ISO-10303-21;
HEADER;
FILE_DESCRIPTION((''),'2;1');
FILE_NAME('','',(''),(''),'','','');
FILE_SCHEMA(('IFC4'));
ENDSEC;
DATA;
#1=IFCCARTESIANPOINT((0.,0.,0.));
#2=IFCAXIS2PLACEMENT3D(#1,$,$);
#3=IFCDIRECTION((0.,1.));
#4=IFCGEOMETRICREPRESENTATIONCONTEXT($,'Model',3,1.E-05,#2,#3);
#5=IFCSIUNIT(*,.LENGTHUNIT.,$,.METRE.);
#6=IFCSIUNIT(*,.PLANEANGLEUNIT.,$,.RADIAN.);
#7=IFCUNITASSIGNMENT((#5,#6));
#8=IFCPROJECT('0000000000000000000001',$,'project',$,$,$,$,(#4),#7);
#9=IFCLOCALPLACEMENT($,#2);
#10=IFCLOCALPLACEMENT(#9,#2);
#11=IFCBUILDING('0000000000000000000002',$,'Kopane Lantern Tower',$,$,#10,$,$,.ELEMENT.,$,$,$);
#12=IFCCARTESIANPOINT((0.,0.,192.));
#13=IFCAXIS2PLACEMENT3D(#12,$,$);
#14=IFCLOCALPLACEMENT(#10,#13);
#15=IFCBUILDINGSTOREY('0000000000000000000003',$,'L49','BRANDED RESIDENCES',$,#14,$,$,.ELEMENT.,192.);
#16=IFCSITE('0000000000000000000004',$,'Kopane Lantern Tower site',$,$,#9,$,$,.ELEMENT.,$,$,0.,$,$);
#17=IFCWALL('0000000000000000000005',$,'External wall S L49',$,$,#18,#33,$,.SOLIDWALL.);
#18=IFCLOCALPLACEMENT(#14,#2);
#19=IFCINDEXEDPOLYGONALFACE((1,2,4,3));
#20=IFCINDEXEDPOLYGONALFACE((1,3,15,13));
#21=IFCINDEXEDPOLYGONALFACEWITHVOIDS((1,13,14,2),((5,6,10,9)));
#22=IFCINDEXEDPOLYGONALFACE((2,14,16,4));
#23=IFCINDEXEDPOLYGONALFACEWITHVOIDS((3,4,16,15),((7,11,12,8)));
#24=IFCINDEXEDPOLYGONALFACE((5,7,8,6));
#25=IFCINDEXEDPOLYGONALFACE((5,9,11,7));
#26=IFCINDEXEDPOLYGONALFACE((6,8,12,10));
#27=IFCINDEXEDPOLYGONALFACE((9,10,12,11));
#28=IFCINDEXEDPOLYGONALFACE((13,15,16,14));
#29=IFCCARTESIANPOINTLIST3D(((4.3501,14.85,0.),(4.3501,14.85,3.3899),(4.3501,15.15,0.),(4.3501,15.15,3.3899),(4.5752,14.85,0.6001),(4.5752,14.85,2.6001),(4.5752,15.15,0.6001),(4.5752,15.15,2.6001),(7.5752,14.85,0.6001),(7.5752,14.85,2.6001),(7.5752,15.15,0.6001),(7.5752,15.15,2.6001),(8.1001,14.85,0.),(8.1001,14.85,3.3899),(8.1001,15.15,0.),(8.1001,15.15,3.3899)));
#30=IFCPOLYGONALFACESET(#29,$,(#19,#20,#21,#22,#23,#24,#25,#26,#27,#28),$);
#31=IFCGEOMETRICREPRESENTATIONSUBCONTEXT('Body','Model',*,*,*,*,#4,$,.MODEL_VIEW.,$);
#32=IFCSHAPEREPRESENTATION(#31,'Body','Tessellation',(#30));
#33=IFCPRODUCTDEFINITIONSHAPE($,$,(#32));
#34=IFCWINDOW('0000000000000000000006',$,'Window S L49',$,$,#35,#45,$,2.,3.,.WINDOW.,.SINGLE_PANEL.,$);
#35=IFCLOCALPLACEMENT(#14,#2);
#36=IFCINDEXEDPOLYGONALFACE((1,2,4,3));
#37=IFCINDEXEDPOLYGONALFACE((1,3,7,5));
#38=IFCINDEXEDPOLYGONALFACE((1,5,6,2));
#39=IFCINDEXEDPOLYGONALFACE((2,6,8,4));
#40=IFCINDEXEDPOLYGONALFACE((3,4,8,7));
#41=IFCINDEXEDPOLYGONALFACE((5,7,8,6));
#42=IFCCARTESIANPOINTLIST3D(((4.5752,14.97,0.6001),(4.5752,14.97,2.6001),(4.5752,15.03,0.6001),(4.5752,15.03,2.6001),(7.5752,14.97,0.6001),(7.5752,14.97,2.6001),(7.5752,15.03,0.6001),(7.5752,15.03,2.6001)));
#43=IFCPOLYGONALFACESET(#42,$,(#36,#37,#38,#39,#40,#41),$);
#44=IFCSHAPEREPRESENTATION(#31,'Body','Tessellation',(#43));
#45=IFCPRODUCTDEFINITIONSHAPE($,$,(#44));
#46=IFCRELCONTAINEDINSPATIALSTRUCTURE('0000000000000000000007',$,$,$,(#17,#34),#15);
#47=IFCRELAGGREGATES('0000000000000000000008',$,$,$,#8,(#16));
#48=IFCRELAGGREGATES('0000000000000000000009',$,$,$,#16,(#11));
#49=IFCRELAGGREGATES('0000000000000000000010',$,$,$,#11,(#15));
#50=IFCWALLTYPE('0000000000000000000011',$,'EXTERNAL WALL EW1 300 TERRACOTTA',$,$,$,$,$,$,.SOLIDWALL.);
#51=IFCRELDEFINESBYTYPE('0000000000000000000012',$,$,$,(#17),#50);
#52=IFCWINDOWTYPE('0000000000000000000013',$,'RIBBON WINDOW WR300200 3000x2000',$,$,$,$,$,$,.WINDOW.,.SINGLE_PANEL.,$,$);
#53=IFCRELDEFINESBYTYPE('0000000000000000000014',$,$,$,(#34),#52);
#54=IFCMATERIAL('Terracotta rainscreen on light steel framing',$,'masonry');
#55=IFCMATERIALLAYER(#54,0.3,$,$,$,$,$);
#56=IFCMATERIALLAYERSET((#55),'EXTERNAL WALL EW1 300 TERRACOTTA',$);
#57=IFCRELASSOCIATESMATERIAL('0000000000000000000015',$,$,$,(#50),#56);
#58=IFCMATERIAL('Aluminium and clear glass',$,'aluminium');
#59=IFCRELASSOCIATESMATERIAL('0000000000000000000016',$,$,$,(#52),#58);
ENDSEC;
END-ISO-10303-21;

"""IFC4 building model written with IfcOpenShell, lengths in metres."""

from ifc_helpers import new_model, si_unit, direction, frame, frame_2d, origin, place, context, subcontext, project, spatial, rectangle, extrude, material, layer, layer_set, type_object, element, fill, save


model = new_model("IFC4")

# Units and contexts
model_context = context("Model", 3, precision=1e-05, world=origin(), true_north=direction((0.0, 1.0)))
body_context = subcontext(model_context, "Body", "Model", "MODEL_VIEW")
ifc_project = project(units=[si_unit("LENGTHUNIT", "METRE"), si_unit("PLANEANGLEUNIT", "RADIAN")], contexts=[model_context])

# Site, building, storey
site_placement = place(None, origin())
site = spatial("IfcSite", under=ifc_project, at=site_placement, Name="Kopane Lantern Tower site", CompositionType="ELEMENT", RefElevation=0.0)
building_placement = place(site_placement, origin())
building = spatial("IfcBuilding", under=site, at=building_placement, Name="Kopane Lantern Tower", CompositionType="ELEMENT")
storey_placement = place(building_placement, frame((0.0, 0.0, 192.0)))
storey = spatial("IfcBuildingStorey", under=building, at=storey_placement, Name="L49", Description="BRANDED RESIDENCES", CompositionType="ELEMENT", Elevation=192.0)

# Wall, opening, window
ifc_material_1 = material(Name="Terracotta rainscreen on light steel framing", Category="masonry")
ifc_layer = layer(ifc_material_1, 0.3)
ifc_layer_set = layer_set([ifc_layer], Name="EXTERNAL WALL EW1 300 TERRACOTTA")
wall_type = type_object("IfcWallType", Name="EXTERNAL WALL EW1 300 TERRACOTTA", PredefinedType="SOLIDWALL", material=ifc_layer_set)
wall_placement = place(storey_placement, frame((4.3501, 15.0, 0.0), z_axis=(0.0, 0.0, 1.0), x_axis=(1.0, 0.0, 0.0)))
wall = element("IfcWall", 1, at=wall_placement, inside=storey, type_object=wall_type, Name="External wall S L49", PredefinedType="SOLIDWALL", context=body_context, shape_type="SweptSolid", body=[
    extrude(rectangle(XDim=3.75, YDim=0.3, at=frame_2d((1.875, 0.0))), origin(), (0.0, 0.0, 1.0), 3.3899),
])
opening_placement = place(wall_placement, frame((0.2251, 0.0, 0.6001)))
opening = element("IfcOpeningElement", 2, at=opening_placement, cuts=wall, PredefinedType="OPENING", context=body_context, shape_type="SweptSolid", body=[
    extrude(rectangle(XDim=3.0, YDim=2.0, at=frame_2d((1.5, 1.0))), frame((0.0, 0.1599, 0.0), z_axis=(0.0, -1.0, 0.0), x_axis=(1.0, 0.0, 0.0)), (0.0, 0.0, 1.0), 0.3201),
])
ifc_material_2 = material(Name="Aluminium and clear glass", Category="aluminium")
window_type = type_object("IfcWindowType", Name="RIBBON WINDOW WR300200 3000x2000", PartitioningType="SINGLE_PANEL", PredefinedType="WINDOW", material=ifc_material_2)
window_placement = place(opening_placement, origin())
window = element("IfcWindow", 3, at=window_placement, inside=storey, type_object=window_type, Name="Window S L49", OverallHeight=2.0, OverallWidth=3.0, PartitioningType="SINGLE_PANEL", PredefinedType="WINDOW", context=body_context, shape_type="SweptSolid", body=[
    extrude(rectangle(XDim=3.0, YDim=2.0, at=frame_2d((1.5, 1.0))), frame((0.0, 0.03, 0.0), z_axis=(0.0, -1.0, 0.0), x_axis=(1.0, 0.0, 0.0)), (0.0, 0.0, 1.0), 0.0601),
])
fill(opening, window)

save(model, "model.ifc")
